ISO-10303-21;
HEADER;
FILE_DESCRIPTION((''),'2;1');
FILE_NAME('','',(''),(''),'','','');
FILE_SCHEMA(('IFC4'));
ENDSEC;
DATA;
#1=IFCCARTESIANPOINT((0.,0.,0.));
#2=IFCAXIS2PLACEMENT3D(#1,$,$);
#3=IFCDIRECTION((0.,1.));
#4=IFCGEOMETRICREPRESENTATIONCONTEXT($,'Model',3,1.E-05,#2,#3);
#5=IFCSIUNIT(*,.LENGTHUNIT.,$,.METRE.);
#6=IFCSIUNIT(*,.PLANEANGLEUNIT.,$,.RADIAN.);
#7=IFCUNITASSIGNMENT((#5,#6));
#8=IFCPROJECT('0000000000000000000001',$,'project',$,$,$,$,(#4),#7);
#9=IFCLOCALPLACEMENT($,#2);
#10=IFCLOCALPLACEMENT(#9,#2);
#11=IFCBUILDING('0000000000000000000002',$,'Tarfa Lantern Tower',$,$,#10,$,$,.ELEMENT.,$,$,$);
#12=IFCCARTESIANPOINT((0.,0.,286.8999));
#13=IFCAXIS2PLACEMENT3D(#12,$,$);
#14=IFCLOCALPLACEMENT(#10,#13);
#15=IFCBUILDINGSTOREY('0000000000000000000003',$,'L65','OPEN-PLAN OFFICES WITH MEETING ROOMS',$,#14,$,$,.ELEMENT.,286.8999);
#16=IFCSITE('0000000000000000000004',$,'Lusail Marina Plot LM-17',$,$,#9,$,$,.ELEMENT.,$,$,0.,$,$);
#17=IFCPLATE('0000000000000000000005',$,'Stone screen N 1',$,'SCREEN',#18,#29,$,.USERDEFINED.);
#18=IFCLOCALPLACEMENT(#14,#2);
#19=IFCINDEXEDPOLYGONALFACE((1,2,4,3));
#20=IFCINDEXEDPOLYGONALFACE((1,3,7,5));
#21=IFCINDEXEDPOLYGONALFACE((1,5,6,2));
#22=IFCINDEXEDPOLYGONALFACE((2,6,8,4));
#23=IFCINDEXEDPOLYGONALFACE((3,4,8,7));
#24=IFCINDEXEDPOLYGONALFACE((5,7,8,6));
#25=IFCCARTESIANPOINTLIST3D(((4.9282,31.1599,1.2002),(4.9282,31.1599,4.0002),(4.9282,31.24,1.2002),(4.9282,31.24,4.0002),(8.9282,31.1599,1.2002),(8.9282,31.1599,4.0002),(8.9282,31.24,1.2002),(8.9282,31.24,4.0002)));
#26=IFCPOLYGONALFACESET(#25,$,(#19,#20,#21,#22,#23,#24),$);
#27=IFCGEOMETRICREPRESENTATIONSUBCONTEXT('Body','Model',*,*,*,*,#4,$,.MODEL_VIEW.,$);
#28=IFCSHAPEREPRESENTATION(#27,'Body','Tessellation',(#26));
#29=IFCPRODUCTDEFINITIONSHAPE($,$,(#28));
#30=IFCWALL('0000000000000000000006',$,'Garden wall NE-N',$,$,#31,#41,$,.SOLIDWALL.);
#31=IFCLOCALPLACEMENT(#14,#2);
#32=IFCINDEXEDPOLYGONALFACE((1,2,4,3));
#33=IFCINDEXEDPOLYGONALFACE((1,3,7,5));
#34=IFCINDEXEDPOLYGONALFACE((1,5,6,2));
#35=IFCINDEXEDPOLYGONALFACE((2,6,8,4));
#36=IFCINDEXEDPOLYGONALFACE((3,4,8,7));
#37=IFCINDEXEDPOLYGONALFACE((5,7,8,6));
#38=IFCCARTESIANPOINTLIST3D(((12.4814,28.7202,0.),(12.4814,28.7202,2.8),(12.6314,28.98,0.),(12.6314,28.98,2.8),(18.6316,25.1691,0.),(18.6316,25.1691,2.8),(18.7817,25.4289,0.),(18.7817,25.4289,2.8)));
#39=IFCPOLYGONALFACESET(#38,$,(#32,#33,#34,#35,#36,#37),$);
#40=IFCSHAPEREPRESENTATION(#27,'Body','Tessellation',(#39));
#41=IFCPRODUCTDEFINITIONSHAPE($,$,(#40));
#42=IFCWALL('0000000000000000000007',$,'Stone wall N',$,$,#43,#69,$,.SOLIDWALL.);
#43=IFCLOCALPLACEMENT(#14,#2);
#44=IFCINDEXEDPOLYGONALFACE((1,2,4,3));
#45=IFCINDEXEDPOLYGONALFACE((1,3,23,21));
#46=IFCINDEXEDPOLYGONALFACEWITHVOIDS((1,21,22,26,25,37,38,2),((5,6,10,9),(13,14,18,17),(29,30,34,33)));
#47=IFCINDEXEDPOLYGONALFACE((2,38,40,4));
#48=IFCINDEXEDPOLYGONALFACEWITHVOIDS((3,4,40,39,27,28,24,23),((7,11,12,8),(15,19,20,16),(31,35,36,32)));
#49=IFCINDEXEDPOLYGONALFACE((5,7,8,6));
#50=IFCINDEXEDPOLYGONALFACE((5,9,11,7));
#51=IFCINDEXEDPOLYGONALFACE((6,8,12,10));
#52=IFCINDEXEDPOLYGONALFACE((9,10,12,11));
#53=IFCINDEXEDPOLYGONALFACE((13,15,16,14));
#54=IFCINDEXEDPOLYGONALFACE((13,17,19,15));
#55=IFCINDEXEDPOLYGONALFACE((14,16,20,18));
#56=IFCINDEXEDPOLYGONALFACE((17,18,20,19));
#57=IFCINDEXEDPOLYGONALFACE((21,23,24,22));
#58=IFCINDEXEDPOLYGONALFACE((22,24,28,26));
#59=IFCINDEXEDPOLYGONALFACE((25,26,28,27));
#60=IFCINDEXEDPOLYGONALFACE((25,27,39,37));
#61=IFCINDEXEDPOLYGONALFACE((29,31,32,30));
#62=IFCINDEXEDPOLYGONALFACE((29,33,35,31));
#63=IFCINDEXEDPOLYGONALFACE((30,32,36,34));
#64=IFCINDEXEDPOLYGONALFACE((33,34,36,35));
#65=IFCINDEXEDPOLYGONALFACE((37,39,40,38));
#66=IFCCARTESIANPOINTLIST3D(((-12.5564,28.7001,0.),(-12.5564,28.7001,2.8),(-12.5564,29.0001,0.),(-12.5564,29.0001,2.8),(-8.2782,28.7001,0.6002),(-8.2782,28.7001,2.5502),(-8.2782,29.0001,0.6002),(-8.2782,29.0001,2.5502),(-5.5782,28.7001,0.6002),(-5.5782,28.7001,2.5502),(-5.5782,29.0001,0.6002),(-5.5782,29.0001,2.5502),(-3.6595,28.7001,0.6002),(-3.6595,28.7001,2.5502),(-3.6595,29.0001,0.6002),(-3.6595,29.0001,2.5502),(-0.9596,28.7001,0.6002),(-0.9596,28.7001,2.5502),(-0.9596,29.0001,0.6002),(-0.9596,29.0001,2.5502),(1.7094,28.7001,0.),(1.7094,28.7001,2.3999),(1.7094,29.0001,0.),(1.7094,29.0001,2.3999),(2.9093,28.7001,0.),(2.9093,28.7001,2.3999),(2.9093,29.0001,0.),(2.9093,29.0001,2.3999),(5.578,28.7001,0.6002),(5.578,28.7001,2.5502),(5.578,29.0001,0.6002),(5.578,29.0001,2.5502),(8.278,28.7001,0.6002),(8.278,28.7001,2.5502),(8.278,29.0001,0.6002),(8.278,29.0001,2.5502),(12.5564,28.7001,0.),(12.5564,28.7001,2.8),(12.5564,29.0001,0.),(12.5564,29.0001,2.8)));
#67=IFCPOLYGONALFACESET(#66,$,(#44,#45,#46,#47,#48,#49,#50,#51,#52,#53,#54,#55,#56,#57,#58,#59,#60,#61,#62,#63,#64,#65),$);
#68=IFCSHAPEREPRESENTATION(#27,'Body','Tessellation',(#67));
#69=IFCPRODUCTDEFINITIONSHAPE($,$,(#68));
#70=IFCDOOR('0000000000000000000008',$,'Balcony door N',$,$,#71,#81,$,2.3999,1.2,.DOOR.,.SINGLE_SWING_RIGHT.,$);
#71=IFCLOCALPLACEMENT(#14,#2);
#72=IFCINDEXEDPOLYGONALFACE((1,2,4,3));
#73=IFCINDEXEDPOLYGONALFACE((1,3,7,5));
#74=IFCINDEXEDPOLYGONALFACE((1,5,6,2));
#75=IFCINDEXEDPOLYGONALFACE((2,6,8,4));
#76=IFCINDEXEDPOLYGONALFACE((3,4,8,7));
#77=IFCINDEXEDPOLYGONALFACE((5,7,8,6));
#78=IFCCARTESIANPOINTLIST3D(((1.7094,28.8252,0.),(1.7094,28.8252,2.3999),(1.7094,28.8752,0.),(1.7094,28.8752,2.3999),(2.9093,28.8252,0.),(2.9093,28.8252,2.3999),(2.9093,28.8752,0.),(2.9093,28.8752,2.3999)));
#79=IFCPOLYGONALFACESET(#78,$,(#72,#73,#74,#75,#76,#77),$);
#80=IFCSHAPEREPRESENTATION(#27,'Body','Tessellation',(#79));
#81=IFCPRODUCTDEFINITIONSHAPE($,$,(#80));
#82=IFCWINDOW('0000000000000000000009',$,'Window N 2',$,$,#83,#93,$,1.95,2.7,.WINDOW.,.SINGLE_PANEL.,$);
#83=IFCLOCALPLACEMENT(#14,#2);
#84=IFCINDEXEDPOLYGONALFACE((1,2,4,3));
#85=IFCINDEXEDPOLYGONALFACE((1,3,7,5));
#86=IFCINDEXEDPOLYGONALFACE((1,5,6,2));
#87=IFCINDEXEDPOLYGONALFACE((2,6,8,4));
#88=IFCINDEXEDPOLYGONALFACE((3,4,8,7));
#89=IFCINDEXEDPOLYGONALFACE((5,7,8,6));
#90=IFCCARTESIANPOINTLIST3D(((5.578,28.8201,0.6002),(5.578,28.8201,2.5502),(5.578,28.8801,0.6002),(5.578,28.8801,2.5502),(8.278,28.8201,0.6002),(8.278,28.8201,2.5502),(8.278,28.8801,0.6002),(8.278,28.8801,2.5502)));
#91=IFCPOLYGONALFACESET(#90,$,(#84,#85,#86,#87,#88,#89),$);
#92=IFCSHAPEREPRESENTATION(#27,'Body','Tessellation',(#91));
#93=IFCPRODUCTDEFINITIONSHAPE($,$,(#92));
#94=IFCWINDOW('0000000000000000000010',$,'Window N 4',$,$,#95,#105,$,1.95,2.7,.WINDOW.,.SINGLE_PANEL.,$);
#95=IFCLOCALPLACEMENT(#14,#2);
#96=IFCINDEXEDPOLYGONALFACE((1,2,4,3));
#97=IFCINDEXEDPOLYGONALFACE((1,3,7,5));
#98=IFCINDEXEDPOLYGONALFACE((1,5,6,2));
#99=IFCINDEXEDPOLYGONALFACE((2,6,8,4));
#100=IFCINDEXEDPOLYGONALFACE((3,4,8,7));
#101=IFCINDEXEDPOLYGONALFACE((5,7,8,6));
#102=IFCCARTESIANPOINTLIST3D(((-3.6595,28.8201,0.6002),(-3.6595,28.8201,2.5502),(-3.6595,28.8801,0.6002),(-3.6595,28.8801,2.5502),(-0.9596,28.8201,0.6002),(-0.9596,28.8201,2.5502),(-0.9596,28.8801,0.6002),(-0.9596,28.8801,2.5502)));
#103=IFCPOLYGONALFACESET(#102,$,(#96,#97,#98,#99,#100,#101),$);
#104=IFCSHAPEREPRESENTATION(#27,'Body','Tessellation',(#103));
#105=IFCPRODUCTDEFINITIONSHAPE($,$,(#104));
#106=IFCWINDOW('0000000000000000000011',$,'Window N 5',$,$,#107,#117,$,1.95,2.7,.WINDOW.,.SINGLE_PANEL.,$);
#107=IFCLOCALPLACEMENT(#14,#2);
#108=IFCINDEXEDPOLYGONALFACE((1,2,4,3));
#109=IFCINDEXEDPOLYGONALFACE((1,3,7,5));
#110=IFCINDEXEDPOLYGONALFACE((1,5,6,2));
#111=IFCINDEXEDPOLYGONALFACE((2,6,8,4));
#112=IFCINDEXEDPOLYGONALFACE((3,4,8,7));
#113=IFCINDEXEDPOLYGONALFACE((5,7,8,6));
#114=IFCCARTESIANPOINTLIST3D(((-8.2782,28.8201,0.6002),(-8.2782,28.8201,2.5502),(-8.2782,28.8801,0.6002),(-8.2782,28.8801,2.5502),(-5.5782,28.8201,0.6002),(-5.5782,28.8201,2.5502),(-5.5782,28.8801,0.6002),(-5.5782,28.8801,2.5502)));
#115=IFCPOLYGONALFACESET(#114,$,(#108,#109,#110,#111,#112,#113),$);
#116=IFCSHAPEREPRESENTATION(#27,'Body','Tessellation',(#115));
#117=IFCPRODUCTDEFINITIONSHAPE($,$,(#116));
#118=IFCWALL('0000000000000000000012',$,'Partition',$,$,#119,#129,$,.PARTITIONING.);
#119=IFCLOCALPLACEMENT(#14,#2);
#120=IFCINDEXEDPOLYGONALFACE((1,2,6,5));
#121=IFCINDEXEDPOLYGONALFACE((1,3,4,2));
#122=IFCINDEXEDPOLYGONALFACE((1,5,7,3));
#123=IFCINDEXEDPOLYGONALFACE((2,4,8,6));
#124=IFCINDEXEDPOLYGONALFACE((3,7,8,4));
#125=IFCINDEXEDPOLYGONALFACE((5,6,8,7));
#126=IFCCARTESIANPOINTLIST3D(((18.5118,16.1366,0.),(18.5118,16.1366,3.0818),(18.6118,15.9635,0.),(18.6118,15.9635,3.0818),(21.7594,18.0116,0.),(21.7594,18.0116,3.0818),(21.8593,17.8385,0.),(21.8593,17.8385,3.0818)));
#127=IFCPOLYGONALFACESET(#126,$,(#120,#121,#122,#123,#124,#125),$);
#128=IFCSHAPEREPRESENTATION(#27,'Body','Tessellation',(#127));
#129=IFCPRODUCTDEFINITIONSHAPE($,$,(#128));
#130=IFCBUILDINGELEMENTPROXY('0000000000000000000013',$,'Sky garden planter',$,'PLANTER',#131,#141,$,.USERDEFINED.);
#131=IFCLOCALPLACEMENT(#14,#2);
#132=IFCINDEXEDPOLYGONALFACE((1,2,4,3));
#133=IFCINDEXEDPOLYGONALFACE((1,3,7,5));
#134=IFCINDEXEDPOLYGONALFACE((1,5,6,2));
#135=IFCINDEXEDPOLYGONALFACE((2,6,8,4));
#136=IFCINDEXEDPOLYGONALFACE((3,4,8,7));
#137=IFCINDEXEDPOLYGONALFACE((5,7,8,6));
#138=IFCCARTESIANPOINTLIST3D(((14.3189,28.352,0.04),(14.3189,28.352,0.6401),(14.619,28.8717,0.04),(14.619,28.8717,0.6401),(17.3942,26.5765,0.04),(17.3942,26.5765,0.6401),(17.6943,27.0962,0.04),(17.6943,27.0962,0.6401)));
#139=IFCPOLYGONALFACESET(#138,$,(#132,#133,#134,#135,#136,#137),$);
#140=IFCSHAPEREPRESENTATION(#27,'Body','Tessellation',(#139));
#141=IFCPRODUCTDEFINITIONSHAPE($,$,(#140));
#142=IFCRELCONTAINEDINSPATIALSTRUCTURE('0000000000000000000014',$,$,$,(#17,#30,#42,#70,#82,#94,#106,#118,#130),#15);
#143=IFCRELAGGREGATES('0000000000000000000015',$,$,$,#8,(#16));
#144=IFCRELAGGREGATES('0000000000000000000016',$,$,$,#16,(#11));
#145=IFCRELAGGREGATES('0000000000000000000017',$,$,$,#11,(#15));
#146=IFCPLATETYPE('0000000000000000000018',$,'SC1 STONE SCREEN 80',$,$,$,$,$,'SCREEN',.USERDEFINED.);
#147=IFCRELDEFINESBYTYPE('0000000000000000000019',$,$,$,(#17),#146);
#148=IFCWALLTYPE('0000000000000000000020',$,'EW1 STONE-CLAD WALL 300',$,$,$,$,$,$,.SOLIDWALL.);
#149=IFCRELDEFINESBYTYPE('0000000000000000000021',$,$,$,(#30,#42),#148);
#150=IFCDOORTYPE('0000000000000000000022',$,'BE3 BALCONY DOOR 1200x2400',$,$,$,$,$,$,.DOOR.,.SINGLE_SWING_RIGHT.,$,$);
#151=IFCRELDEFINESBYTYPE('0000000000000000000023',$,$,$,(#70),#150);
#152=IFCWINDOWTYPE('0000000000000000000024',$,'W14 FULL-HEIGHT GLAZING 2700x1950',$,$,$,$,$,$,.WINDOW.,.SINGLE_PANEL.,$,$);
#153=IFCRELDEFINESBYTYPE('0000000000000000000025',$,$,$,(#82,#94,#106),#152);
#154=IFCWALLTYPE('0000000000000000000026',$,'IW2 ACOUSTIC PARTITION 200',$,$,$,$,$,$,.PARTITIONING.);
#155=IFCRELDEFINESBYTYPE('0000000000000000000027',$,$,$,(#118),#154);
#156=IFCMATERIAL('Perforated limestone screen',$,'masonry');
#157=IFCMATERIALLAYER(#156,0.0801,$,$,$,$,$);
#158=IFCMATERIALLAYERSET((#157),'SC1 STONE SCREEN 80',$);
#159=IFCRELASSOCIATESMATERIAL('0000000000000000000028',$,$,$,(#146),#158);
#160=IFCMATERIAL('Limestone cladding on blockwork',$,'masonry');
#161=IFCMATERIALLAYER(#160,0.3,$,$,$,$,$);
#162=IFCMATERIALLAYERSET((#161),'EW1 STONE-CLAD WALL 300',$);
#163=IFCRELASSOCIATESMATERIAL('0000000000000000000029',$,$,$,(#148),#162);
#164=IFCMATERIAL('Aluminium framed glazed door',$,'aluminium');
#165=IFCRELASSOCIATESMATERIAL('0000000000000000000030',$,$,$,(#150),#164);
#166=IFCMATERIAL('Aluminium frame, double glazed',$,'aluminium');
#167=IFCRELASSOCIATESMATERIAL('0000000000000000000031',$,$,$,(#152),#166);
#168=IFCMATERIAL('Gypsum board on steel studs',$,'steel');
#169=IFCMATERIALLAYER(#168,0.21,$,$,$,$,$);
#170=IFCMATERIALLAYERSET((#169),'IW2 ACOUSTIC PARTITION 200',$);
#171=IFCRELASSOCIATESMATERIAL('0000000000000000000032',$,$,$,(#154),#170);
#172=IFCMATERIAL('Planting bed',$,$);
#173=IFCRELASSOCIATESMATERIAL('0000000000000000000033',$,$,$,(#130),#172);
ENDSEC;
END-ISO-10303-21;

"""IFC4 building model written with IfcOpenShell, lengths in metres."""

from ifc_helpers import new_model, si_unit, direction, frame, frame_2d, origin, origin_2d, place, context, subcontext, project, spatial, rectangle, extrude, material, layer, layer_set, type_object, element, fill, save


model = new_model("IFC4")

# Units and contexts
model_context = context("Model", 3, precision=1e-05, world=origin(), true_north=direction((0.0, 1.0)))
body_context = subcontext(model_context, "Body", "Model", "MODEL_VIEW")
ifc_project = project(units=[si_unit("LENGTHUNIT", "METRE"), si_unit("PLANEANGLEUNIT", "RADIAN")], contexts=[model_context])

# Site, building, storey
site_placement = place(None, origin())
site = spatial("IfcSite", under=ifc_project, at=site_placement, Name="Lusail Marina Plot LM-17", CompositionType="ELEMENT", RefElevation=0.0)
building_placement = place(site_placement, origin())
building = spatial("IfcBuilding", under=site, at=building_placement, Name="Tarfa Lantern Tower", CompositionType="ELEMENT")
storey_placement = place(building_placement, frame((0.0, 0.0, 286.8999)))
storey = spatial("IfcBuildingStorey", under=building, at=storey_placement, Name="L65", Description="OPEN-PLAN OFFICES WITH MEETING ROOMS", CompositionType="ELEMENT", Elevation=286.8999)

# Plate
ifc_material_1 = material(Name="Perforated limestone screen", Category="masonry")
ifc_layer_1 = layer(ifc_material_1, 0.0801)
ifc_layer_set_1 = layer_set([ifc_layer_1], Name="SC1 STONE SCREEN 80")
plate_type_1 = type_object("IfcPlateType", Name="SC1 STONE SCREEN 80", ElementType="SCREEN", PredefinedType="USERDEFINED", material=ifc_layer_set_1)
plate_1_placement = place(storey_placement, frame((6.9282, 31.2, 1.2002), z_axis=(0.0, 0.0, 1.0), x_axis=(-1.0, 0.0, 0.0)))
element("IfcPlate", 1, at=plate_1_placement, inside=storey, type_object=plate_type_1, Name="Stone screen N 1", ObjectType="SCREEN", PredefinedType="USERDEFINED", context=body_context, shape_type="SweptSolid", body=[
    extrude(rectangle(XDim=4.0, YDim=0.0801, at=origin_2d()), origin(), (0.0, 0.0, 1.0), 2.8),
])

# Wall
ifc_material_2 = material(Name="Limestone cladding on blockwork", Category="masonry")
ifc_layer_2 = layer(ifc_material_2, 0.3)
ifc_layer_set_2 = layer_set([ifc_layer_2], Name="EW1 STONE-CLAD WALL 300")
wall_type_1 = type_object("IfcWallType", Name="EW1 STONE-CLAD WALL 300", PredefinedType="SOLIDWALL", material=ifc_layer_set_2)
wall_1_placement = place(storey_placement, frame((18.7065, 25.2991, 0.0), z_axis=(0.0, 0.0, 1.0), x_axis=(-0.866011, 0.500025, 0.0)))
element("IfcWall", 2, at=wall_1_placement, inside=storey, type_object=wall_type_1, Name="Garden wall NE-N", PredefinedType="SOLIDWALL", context=body_context, shape_type="SweptSolid", body=[
    extrude(rectangle(XDim=7.1018, YDim=0.3, at=frame_2d((3.5508, 0.0))), origin(), (0.0, 0.0, 1.0), 2.8),
])

# Wall, openings, door, windows
wall_2_placement = place(storey_placement, frame((12.5564, 28.8501, 0.0), z_axis=(0.0, 0.0, 1.0), x_axis=(-1.0, 0.0, 0.0)))
wall_2 = element("IfcWall", 3, at=wall_2_placement, inside=storey, type_object=wall_type_1, Name="Stone wall N", PredefinedType="SOLIDWALL", context=body_context, shape_type="SweptSolid", body=[
    extrude(rectangle(XDim=25.1128, YDim=0.3, at=frame_2d((12.5564, 0.0))), origin(), (0.0, 0.0, 1.0), 2.8),
])
opening_1_placement = place(wall_2_placement, frame((4.2783, 0.0, 0.6001)))
opening_1 = element("IfcOpeningElement", 4, at=opening_1_placement, cuts=wall_2, PredefinedType="OPENING", context=body_context, shape_type="SweptSolid", body=[
    extrude(rectangle(XDim=2.7, YDim=1.95, at=frame_2d((1.3501, 0.9751))), frame((0.0, 0.1599, 0.0), z_axis=(0.0, -1.0, 0.0), x_axis=(1.0, 0.0, 0.0)), (0.0, 0.0, 1.0), 0.3201),
])
opening_2_placement = place(wall_2_placement, frame((9.647, 0.0, 0.0)))
opening_2 = element("IfcOpeningElement", 5, at=opening_2_placement, cuts=wall_2, PredefinedType="OPENING", context=body_context, shape_type="SweptSolid", body=[
    extrude(rectangle(XDim=1.2, YDim=2.3999, at=frame_2d((0.6001, 1.2))), frame((0.0, 0.1599, 0.0), z_axis=(0.0, -1.0, 0.0), x_axis=(1.0, 0.0, 0.0)), (0.0, 0.0, 1.0), 0.3201),
])
opening_3_placement = place(wall_2_placement, frame((13.5159, 0.0, 0.6001)))
opening_3 = element("IfcOpeningElement", 6, at=opening_3_placement, cuts=wall_2, PredefinedType="OPENING", context=body_context, shape_type="SweptSolid", body=[
    extrude(rectangle(XDim=2.7, YDim=1.95, at=frame_2d((1.3501, 0.9751))), frame((0.0, 0.1599, 0.0), z_axis=(0.0, -1.0, 0.0), x_axis=(1.0, 0.0, 0.0)), (0.0, 0.0, 1.0), 0.3201),
])
opening_4_placement = place(wall_2_placement, frame((18.1345, 0.0, 0.6001)))
opening_4 = element("IfcOpeningElement", 7, at=opening_4_placement, cuts=wall_2, PredefinedType="OPENING", context=body_context, shape_type="SweptSolid", body=[
    extrude(rectangle(XDim=2.7, YDim=1.95, at=frame_2d((1.3501, 0.9751))), frame((0.0, 0.1599, 0.0), z_axis=(0.0, -1.0, 0.0), x_axis=(1.0, 0.0, 0.0)), (0.0, 0.0, 1.0), 0.3201),
])
ifc_material_3 = material(Name="Aluminium framed glazed door", Category="aluminium")
door_type = type_object("IfcDoorType", Name="BE3 BALCONY DOOR 1200x2400", OperationType="SINGLE_SWING_RIGHT", PredefinedType="DOOR", material=ifc_material_3)
door_placement = place(opening_2_placement, origin())
door = element("IfcDoor", 8, at=door_placement, inside=storey, type_object=door_type, Name="Balcony door N", OperationType="SINGLE_SWING_RIGHT", OverallHeight=2.3999, OverallWidth=1.2, PredefinedType="DOOR", context=body_context, shape_type="SweptSolid", body=[
    extrude(rectangle(XDim=1.2, YDim=2.3999, at=frame_2d((0.6001, 1.2))), frame((0.0, 0.0249, 0.0), z_axis=(0.0, -1.0, 0.0), x_axis=(1.0, 0.0, 0.0)), (0.0, 0.0, 1.0), 0.05),
])
fill(opening_2, door)
ifc_material_4 = material(Name="Aluminium frame, double glazed", Category="aluminium")
window_type = type_object("IfcWindowType", Name="W14 FULL-HEIGHT GLAZING 2700x1950", PartitioningType="SINGLE_PANEL", PredefinedType="WINDOW", material=ifc_material_4)
window_1_placement = place(opening_1_placement, origin())
window_1 = element("IfcWindow", 9, at=window_1_placement, inside=storey, type_object=window_type, Name="Window N 2", OverallHeight=1.95, OverallWidth=2.7, PartitioningType="SINGLE_PANEL", PredefinedType="WINDOW", context=body_context, shape_type="SweptSolid", body=[
    extrude(rectangle(XDim=2.7, YDim=1.95, at=frame_2d((1.3501, 0.9751))), frame((0.0, 0.03, 0.0), z_axis=(0.0, -1.0, 0.0), x_axis=(1.0, 0.0, 0.0)), (0.0, 0.0, 1.0), 0.0601),
])
fill(opening_1, window_1)
window_2_placement = place(opening_3_placement, origin())
window_2 = element("IfcWindow", 10, at=window_2_placement, inside=storey, type_object=window_type, Name="Window N 4", OverallHeight=1.95, OverallWidth=2.7, PartitioningType="SINGLE_PANEL", PredefinedType="WINDOW", context=body_context, shape_type="SweptSolid", body=[
    extrude(rectangle(XDim=2.7, YDim=1.95, at=frame_2d((1.3501, 0.9751))), frame((0.0, 0.03, 0.0), z_axis=(0.0, -1.0, 0.0), x_axis=(1.0, 0.0, 0.0)), (0.0, 0.0, 1.0), 0.0601),
])
fill(opening_3, window_2)
window_3_placement = place(opening_4_placement, origin())
window_3 = element("IfcWindow", 11, at=window_3_placement, inside=storey, type_object=window_type, Name="Window N 5", OverallHeight=1.95, OverallWidth=2.7, PartitioningType="SINGLE_PANEL", PredefinedType="WINDOW", context=body_context, shape_type="SweptSolid", body=[
    extrude(rectangle(XDim=2.7, YDim=1.95, at=frame_2d((1.3501, 0.9751))), frame((0.0, 0.03, 0.0), z_axis=(0.0, -1.0, 0.0), x_axis=(1.0, 0.0, 0.0)), (0.0, 0.0, 1.0), 0.0601),
])
fill(opening_4, window_3)

# Wall
ifc_material_5 = material(Name="Gypsum board on steel studs", Category="steel")
ifc_layer_3 = layer(ifc_material_5, 0.21)
ifc_layer_set_3 = layer_set([ifc_layer_3], Name="IW2 ACOUSTIC PARTITION 200")
wall_type_2 = type_object("IfcWallType", Name="IW2 ACOUSTIC PARTITION 200", PredefinedType="PARTITIONING", material=ifc_layer_set_3)
wall_3_placement = place(storey_placement, frame((18.5618, 16.05, 0.0), z_axis=(0.0, 0.0, 1.0), x_axis=(0.866023, 0.500004, 0.0)))
element("IfcWall", 12, at=wall_3_placement, inside=storey, type_object=wall_type_2, Name="Partition", PredefinedType="PARTITIONING", context=body_context, shape_type="SweptSolid", body=[
    extrude(rectangle(XDim=3.75, YDim=0.2, at=frame_2d((1.875, 0.0))), origin(), (0.0, 0.0, 1.0), 3.0818),
])

# Building element proxy
ifc_material_6 = material(Name="Planting bed")
proxy_placement = place(storey_placement, frame((16.0066, 27.7241, 0.04), z_axis=(0.0, 0.0, 1.0), x_axis=(-0.866025, 0.5, 0.0)))
element("IfcBuildingElementProxy", 13, at=proxy_placement, inside=storey, material=ifc_material_6, Name="Sky garden planter", ObjectType="PLANTER", PredefinedType="USERDEFINED", context=body_context, shape_type="SweptSolid", body=[
    extrude(rectangle(XDim=3.551, YDim=0.6001, at=origin_2d()), origin(), (0.0, 0.0, 1.0), 0.6001),
])

save(model, "model.ifc")
